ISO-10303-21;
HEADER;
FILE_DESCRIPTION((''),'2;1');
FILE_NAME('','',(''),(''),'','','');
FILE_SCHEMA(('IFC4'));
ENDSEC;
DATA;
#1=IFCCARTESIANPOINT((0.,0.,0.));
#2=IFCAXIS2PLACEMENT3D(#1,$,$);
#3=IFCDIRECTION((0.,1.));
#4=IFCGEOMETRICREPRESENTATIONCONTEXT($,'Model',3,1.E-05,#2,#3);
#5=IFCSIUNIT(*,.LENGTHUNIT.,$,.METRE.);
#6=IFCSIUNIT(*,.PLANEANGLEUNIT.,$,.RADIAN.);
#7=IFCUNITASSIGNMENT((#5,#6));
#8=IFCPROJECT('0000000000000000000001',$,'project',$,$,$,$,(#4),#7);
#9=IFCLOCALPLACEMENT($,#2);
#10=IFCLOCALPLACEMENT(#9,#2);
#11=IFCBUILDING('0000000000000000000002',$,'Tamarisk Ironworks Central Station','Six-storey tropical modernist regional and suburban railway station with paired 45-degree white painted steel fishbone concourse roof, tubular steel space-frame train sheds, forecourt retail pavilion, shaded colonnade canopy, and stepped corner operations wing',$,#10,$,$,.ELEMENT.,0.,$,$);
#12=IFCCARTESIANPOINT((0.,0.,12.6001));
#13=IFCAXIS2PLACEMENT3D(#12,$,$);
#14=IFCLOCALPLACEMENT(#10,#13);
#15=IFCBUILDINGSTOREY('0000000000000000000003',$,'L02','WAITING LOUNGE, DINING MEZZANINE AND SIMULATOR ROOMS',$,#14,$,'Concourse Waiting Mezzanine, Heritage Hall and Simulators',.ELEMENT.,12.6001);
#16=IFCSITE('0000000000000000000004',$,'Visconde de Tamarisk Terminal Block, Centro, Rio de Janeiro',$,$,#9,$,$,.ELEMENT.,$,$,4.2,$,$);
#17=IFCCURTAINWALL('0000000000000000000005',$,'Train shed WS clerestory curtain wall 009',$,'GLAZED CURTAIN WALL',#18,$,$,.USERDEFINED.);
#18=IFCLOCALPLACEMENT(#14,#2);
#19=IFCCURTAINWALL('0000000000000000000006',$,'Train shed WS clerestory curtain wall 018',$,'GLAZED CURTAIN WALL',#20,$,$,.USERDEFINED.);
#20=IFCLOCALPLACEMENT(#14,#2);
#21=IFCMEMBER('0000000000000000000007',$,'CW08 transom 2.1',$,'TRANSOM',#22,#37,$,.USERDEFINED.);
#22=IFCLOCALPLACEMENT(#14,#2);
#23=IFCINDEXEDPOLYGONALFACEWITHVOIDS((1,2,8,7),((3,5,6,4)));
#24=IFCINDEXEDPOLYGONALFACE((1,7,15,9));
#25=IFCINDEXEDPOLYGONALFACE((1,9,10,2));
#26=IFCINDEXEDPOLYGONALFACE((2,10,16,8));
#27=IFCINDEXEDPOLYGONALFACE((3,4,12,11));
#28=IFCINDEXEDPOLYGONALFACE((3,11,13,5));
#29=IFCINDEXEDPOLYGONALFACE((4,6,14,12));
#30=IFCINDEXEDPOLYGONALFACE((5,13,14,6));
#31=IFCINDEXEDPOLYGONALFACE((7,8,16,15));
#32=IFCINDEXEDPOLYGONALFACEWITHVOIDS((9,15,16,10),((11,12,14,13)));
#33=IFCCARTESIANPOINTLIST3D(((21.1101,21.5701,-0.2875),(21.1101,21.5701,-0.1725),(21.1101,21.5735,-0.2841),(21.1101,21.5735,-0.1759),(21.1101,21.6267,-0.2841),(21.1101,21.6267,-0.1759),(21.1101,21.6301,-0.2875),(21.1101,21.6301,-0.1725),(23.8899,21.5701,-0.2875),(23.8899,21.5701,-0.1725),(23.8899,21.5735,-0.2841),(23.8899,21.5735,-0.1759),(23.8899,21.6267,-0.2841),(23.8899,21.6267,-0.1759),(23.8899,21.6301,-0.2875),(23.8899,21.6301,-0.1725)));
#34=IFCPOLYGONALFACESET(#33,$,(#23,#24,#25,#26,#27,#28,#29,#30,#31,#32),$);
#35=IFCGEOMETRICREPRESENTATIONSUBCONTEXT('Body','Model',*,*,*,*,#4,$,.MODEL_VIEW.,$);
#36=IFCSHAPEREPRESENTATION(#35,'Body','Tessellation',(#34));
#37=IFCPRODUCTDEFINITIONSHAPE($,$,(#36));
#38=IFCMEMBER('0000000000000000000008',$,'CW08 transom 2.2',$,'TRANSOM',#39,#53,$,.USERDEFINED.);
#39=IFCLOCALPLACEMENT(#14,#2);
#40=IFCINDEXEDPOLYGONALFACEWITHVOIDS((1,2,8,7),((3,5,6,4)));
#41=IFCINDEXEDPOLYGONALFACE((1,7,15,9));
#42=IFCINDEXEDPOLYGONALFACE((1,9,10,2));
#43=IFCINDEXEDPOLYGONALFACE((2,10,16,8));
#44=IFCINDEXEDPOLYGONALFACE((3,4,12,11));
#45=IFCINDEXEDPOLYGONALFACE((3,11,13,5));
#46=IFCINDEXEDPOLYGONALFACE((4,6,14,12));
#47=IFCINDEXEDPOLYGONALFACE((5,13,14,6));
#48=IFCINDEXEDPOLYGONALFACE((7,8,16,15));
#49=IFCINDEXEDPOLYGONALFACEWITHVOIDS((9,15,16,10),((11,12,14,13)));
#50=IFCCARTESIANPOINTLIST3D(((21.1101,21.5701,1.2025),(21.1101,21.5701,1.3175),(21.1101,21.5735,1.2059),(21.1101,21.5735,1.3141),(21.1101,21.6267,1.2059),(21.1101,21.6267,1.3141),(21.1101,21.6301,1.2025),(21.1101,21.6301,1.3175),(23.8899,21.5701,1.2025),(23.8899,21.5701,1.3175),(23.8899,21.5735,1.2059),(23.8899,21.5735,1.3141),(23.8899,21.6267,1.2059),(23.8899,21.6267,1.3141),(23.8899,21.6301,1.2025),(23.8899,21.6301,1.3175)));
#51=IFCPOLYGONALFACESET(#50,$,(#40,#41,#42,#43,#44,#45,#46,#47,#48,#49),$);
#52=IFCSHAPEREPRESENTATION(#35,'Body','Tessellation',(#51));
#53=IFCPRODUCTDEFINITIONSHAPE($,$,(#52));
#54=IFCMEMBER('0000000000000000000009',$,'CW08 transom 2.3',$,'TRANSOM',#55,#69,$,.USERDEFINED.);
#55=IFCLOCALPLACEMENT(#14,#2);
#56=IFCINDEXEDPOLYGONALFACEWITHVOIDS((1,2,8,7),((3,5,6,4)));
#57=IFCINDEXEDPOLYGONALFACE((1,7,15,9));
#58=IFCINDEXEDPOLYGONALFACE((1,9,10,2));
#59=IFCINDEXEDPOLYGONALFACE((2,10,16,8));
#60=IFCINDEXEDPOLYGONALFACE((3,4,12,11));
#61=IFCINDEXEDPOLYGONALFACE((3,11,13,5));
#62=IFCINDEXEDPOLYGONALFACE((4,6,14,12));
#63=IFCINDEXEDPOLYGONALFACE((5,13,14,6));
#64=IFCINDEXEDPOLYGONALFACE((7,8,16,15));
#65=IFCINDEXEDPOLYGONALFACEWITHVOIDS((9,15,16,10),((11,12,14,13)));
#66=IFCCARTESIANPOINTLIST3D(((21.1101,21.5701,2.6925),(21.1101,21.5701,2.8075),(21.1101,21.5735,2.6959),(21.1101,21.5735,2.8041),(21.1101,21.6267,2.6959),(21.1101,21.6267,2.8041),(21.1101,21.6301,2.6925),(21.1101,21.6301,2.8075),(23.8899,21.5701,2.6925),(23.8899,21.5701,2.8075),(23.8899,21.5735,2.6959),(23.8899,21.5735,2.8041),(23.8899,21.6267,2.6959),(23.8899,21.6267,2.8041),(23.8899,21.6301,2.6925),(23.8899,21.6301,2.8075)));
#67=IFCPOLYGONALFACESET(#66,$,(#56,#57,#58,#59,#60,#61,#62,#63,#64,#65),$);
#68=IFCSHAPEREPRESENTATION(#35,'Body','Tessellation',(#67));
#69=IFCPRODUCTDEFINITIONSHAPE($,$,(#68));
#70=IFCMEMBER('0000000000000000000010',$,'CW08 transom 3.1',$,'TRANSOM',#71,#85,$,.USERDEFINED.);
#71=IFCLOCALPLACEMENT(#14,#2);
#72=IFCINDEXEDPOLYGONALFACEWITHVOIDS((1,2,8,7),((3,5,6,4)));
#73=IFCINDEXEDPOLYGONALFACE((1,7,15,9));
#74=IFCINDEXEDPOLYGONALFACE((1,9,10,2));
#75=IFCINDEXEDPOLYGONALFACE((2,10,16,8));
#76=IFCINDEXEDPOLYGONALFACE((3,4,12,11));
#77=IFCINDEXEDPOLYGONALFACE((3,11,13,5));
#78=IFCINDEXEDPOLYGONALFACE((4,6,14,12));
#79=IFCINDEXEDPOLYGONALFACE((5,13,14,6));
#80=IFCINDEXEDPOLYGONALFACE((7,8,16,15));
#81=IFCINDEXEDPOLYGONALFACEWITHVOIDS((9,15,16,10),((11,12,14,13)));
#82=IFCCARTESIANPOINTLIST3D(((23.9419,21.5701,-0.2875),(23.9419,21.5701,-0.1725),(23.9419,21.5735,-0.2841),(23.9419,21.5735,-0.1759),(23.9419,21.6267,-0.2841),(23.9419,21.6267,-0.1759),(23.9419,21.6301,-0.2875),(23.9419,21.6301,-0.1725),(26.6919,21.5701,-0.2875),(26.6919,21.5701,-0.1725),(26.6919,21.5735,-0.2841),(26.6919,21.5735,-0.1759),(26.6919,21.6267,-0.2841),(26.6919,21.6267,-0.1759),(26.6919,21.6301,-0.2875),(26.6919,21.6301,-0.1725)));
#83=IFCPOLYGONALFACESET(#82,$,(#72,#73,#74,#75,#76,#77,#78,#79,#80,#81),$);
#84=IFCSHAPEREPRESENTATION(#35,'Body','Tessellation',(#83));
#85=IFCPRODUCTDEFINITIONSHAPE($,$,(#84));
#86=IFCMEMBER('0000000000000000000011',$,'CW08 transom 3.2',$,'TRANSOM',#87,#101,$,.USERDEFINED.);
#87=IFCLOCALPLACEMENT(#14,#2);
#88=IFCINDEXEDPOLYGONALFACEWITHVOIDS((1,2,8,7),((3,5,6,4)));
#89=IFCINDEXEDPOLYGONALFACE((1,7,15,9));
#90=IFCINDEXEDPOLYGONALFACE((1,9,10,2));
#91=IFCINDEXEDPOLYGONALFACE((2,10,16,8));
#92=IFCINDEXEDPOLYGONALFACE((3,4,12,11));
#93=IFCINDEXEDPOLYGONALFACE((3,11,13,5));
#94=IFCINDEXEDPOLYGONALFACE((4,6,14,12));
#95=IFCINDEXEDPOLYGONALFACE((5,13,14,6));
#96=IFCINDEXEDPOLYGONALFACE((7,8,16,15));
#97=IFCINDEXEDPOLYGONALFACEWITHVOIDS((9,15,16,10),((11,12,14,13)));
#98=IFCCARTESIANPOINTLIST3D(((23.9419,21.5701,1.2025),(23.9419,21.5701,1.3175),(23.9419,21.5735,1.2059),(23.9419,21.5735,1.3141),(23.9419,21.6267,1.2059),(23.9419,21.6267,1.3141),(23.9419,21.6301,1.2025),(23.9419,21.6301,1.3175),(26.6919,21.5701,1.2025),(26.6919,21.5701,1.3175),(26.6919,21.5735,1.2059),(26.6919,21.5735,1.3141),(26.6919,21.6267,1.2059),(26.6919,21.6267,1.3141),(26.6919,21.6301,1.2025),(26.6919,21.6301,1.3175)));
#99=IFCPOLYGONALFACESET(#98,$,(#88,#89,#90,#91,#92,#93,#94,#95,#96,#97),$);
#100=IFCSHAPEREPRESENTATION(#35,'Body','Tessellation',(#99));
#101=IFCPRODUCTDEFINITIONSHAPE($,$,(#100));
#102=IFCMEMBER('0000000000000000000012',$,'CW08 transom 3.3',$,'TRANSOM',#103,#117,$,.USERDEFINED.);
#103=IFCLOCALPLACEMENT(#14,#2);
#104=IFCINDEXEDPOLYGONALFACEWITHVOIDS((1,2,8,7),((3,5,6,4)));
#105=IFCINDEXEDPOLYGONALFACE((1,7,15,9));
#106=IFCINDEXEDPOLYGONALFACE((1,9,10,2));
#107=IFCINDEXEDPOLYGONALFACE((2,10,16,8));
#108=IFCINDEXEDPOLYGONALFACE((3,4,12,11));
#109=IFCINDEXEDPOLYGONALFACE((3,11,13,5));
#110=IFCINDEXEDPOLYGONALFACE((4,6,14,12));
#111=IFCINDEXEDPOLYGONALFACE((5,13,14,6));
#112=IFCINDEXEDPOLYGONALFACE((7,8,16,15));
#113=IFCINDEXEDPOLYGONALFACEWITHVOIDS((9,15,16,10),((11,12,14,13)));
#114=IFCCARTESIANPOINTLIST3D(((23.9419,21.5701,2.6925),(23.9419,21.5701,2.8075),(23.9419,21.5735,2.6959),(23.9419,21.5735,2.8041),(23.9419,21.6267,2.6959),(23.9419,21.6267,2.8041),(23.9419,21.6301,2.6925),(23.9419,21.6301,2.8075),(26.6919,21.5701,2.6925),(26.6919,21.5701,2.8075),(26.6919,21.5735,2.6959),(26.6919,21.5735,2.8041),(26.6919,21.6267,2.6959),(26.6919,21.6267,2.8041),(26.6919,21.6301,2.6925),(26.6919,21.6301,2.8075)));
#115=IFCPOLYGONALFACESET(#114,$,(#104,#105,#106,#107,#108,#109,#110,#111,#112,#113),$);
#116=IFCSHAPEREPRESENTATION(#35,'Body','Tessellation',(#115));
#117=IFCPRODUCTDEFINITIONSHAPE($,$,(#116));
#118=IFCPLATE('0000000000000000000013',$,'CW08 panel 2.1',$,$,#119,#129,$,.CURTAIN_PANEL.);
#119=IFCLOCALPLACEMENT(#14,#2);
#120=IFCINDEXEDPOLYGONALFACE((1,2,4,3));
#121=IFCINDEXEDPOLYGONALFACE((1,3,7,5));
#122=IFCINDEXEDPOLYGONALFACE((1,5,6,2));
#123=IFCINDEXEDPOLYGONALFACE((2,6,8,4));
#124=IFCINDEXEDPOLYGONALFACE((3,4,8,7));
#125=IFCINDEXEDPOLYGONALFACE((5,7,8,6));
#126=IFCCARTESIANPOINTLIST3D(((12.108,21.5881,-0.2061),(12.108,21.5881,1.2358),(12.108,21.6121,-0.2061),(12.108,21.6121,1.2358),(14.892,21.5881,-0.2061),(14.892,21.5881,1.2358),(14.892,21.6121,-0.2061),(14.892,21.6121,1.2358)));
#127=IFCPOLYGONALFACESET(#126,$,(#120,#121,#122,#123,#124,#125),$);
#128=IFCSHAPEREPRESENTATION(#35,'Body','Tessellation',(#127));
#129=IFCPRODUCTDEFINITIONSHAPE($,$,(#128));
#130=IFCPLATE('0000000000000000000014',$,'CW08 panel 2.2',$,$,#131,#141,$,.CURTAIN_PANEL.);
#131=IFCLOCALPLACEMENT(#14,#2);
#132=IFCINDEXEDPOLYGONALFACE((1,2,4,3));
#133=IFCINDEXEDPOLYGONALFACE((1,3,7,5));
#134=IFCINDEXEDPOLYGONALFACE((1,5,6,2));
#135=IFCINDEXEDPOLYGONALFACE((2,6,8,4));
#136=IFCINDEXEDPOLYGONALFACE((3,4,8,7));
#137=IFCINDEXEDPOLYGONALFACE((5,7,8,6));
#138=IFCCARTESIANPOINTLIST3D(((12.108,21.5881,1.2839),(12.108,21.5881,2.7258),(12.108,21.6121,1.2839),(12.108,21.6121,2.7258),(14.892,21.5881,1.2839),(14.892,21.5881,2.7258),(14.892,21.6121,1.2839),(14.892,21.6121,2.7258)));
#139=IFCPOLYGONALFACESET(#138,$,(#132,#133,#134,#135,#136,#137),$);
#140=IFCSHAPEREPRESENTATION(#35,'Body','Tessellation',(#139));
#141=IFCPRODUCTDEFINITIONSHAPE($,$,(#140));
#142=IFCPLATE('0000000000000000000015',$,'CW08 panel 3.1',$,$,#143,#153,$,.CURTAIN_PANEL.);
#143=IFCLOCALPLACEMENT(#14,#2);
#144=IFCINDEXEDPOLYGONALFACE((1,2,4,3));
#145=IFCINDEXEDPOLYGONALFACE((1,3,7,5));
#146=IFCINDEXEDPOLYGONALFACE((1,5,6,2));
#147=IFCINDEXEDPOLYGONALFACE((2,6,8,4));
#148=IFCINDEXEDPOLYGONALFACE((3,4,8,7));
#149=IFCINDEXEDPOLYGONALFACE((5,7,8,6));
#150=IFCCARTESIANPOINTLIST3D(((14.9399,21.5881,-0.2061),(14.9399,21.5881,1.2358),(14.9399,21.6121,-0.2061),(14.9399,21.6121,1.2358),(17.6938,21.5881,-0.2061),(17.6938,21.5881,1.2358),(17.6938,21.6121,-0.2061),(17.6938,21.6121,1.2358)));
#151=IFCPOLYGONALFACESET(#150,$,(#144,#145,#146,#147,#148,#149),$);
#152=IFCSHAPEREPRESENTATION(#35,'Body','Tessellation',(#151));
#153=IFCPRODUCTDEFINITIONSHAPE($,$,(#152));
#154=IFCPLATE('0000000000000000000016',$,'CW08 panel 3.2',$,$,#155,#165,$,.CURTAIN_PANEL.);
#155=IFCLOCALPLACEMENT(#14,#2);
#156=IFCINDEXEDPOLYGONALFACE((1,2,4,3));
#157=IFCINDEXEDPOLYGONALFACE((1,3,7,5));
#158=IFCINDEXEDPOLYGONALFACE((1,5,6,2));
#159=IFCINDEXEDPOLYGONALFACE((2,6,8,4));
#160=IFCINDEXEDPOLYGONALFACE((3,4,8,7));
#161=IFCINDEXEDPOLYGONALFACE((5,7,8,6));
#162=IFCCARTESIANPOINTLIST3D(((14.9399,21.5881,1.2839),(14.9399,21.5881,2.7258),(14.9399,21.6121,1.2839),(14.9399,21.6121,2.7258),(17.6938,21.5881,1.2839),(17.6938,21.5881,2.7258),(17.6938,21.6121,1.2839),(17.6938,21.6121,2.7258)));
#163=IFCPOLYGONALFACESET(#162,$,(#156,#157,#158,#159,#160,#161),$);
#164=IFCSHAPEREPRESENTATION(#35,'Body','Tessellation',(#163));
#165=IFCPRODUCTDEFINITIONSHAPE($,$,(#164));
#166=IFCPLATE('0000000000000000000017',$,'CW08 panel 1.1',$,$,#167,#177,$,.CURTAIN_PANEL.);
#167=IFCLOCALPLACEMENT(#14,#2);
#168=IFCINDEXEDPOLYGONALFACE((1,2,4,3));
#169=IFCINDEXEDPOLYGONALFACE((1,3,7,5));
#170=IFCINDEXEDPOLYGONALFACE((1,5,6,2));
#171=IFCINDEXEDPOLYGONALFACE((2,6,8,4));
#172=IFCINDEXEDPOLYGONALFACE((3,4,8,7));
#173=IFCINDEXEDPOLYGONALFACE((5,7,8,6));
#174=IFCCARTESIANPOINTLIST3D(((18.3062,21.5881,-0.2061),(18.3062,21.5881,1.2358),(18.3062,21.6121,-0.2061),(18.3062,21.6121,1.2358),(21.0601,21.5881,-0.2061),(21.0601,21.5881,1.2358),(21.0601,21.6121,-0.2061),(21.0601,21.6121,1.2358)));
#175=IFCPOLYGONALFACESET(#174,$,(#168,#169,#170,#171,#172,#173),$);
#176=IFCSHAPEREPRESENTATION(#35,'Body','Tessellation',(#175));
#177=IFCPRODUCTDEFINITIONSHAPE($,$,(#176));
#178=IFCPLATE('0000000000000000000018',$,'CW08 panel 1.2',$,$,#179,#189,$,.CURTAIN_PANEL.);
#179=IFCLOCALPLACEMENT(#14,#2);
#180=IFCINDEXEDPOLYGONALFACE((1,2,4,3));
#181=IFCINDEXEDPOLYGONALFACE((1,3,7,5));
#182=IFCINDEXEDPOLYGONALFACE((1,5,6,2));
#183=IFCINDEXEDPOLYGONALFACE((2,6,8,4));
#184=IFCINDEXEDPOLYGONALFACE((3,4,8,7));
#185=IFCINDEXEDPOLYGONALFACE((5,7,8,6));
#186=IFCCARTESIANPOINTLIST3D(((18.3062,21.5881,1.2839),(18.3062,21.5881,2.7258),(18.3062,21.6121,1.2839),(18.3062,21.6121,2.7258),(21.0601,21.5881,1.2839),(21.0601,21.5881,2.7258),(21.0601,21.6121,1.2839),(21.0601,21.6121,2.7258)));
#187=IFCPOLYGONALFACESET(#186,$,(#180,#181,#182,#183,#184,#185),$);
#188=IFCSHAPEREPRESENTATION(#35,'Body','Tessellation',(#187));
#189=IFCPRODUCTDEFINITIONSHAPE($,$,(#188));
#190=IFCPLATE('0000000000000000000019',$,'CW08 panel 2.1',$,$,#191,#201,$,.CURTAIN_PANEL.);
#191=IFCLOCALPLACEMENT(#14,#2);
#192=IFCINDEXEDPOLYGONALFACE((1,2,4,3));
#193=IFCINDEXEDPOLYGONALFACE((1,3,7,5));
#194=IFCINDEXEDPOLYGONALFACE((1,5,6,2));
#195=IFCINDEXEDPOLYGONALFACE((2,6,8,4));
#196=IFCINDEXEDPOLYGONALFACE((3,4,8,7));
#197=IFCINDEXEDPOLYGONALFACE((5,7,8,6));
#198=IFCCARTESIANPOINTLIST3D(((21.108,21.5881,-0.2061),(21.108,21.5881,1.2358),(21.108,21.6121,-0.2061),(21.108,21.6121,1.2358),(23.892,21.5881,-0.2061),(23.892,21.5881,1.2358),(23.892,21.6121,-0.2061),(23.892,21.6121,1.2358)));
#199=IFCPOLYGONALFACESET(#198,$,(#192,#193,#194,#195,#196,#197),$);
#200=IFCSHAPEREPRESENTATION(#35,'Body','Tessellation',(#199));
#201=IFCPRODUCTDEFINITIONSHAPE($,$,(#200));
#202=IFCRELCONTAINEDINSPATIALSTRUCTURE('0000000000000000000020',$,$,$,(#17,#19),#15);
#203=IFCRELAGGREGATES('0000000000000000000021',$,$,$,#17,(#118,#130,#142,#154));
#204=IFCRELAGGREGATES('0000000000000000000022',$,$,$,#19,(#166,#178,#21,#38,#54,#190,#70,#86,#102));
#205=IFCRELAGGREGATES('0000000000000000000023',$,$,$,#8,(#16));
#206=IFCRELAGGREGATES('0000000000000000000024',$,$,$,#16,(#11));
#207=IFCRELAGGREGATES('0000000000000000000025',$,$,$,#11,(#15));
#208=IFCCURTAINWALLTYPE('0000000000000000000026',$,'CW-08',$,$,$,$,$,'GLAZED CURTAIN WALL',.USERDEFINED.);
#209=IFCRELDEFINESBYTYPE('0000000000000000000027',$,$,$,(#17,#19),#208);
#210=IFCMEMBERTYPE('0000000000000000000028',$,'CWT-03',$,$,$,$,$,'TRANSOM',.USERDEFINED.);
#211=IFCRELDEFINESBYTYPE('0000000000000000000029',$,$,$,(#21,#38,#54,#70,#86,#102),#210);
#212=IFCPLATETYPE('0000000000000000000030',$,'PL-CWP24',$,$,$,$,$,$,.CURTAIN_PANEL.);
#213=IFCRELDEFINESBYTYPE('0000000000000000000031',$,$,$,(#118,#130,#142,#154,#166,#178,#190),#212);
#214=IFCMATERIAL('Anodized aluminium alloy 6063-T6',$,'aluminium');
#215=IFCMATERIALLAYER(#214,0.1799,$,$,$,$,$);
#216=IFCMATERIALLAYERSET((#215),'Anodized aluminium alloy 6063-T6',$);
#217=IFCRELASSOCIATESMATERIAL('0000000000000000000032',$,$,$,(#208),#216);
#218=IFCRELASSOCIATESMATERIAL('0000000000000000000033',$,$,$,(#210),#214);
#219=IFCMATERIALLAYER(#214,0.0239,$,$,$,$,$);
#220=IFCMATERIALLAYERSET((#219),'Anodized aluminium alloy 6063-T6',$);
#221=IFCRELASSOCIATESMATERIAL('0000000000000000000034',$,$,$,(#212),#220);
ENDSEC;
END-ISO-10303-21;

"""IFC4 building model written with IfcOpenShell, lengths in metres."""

from ifc_helpers import new_model, si_unit, direction, frame, origin, origin_2d, place, context, subcontext, project, spatial, rectangle, hollow_rectangle, extrude, material, layer, layer_set, material_profile, profile_set, type_object, element, aggregate, save


model = new_model("IFC4")

# Units and contexts
model_context = context("Model", 3, precision=1e-05, world=origin(), true_north=direction((0.0, 1.0)))
body_context = subcontext(model_context, "Body", "Model", "MODEL_VIEW")
ifc_project = project(units=[si_unit("LENGTHUNIT", "METRE"), si_unit("PLANEANGLEUNIT", "RADIAN")], contexts=[model_context])

# Site, building, storey
site_placement = place(None, origin())
site = spatial("IfcSite", under=ifc_project, at=site_placement, Name="Visconde de Tamarisk Terminal Block, Centro, Rio de Janeiro", CompositionType="ELEMENT", RefElevation=4.2)
building_placement = place(site_placement, origin())
building = spatial("IfcBuilding", under=site, at=building_placement, Name="Tamarisk Ironworks Central Station", Description="Six-storey tropical modernist regional and suburban railway station with paired 45-degree white painted steel fishbone concourse roof, tubular steel space-frame train sheds, forecourt retail pavilion, shaded colonnade canopy, and stepped corner operations wing", CompositionType="ELEMENT", ElevationOfRefHeight=0.0)
storey_placement = place(building_placement, frame((0.0, 0.0, 12.6001)))
storey = spatial("IfcBuildingStorey", under=building, at=storey_placement, Name="L02", Description="WAITING LOUNGE, DINING MEZZANINE AND SIMULATOR ROOMS", LongName="Concourse Waiting Mezzanine, Heritage Hall and Simulators", CompositionType="ELEMENT", Elevation=12.6001)

# Curtain walls
ifc_material_1 = material(Name="Anodized aluminium alloy 6063-T6", Category="aluminium")
ifc_layer_1 = layer(ifc_material_1, 0.1799)
ifc_layer_set_1 = layer_set([ifc_layer_1], Name="Anodized aluminium alloy 6063-T6")
curtain_wall_type = type_object("IfcCurtainWallType", Name="CW-08", ElementType="GLAZED CURTAIN WALL", PredefinedType="USERDEFINED", material=ifc_layer_set_1)
curtain_wall_1_placement = place(storey_placement, origin())
curtain_wall_1 = element("IfcCurtainWall", 1, at=curtain_wall_1_placement, inside=storey, type_object=curtain_wall_type, Name="Train shed WS clerestory curtain wall 009", ObjectType="GLAZED CURTAIN WALL", PredefinedType="USERDEFINED")
curtain_wall_2_placement = place(storey_placement, origin())
curtain_wall_2 = element("IfcCurtainWall", 2, at=curtain_wall_2_placement, inside=storey, type_object=curtain_wall_type, Name="Train shed WS clerestory curtain wall 018", ObjectType="GLAZED CURTAIN WALL", PredefinedType="USERDEFINED")

# Members
ifc_material_profile_1 = material_profile(ifc_material_1, hollow_rectangle(XDim=0.0601, YDim=0.115, WallThickness=0.0034, at=origin_2d()), Name="ALUM 115x60")
ifc_profile_set_1 = profile_set([ifc_material_profile_1], Name="Anodized aluminium alloy 6063-T6")
member_type_1 = type_object("IfcMemberType", Name="CWT-03", ElementType="TRANSOM", PredefinedType="USERDEFINED", material=ifc_profile_set_1)
member_1_placement = place(storey_placement, frame((21.1101, 21.6001, -0.23), z_axis=(1.0, 0.0, 0.0), x_axis=(0.0, 1.0, 0.0)))
member_1 = element("IfcMember", 3, at=member_1_placement, type_object=member_type_1, Name="CW08 transom 2.1", ObjectType="TRANSOM", PredefinedType="USERDEFINED", context=body_context, shape_type="SweptSolid", body=[
    extrude(hollow_rectangle(XDim=0.0601, YDim=0.115, WallThickness=0.0034, at=origin_2d()), origin(), (0.0, 0.0, 1.0), 2.7798),
])
member_2_placement = place(storey_placement, frame((21.1101, 21.6001, 1.26), z_axis=(1.0, 0.0, 0.0), x_axis=(0.0, 1.0, 0.0)))
member_2 = element("IfcMember", 4, at=member_2_placement, type_object=member_type_1, Name="CW08 transom 2.2", ObjectType="TRANSOM", PredefinedType="USERDEFINED", context=body_context, shape_type="SweptSolid", body=[
    extrude(hollow_rectangle(XDim=0.0601, YDim=0.115, WallThickness=0.0034, at=origin_2d()), origin(), (0.0, 0.0, 1.0), 2.7798),
])
member_3_placement = place(storey_placement, frame((21.1101, 21.6001, 2.75), z_axis=(1.0, 0.0, 0.0), x_axis=(0.0, 1.0, 0.0)))
member_3 = element("IfcMember", 5, at=member_3_placement, type_object=member_type_1, Name="CW08 transom 2.3", ObjectType="TRANSOM", PredefinedType="USERDEFINED", context=body_context, shape_type="SweptSolid", body=[
    extrude(hollow_rectangle(XDim=0.0601, YDim=0.115, WallThickness=0.0034, at=origin_2d()), origin(), (0.0, 0.0, 1.0), 2.7798),
])
member_4_placement = place(storey_placement, frame((23.9419, 21.6001, -0.23), z_axis=(1.0, 0.0, 0.0), x_axis=(0.0, 1.0, 0.0)))
member_4 = element("IfcMember", 6, at=member_4_placement, type_object=member_type_1, Name="CW08 transom 3.1", ObjectType="TRANSOM", PredefinedType="USERDEFINED", context=body_context, shape_type="SweptSolid", body=[
    extrude(hollow_rectangle(XDim=0.0601, YDim=0.115, WallThickness=0.0034, at=origin_2d()), origin(), (0.0, 0.0, 1.0), 2.75),
])
member_5_placement = place(storey_placement, frame((23.9419, 21.6001, 1.26), z_axis=(1.0, 0.0, 0.0), x_axis=(0.0, 1.0, 0.0)))
member_5 = element("IfcMember", 7, at=member_5_placement, type_object=member_type_1, Name="CW08 transom 3.2", ObjectType="TRANSOM", PredefinedType="USERDEFINED", context=body_context, shape_type="SweptSolid", body=[
    extrude(hollow_rectangle(XDim=0.0601, YDim=0.115, WallThickness=0.0034, at=origin_2d()), origin(), (0.0, 0.0, 1.0), 2.75),
])
member_6_placement = place(storey_placement, frame((23.9419, 21.6001, 2.75), z_axis=(1.0, 0.0, 0.0), x_axis=(0.0, 1.0, 0.0)))
member_6 = element("IfcMember", 8, at=member_6_placement, type_object=member_type_1, Name="CW08 transom 3.3", ObjectType="TRANSOM", PredefinedType="USERDEFINED", context=body_context, shape_type="SweptSolid", body=[
    extrude(hollow_rectangle(XDim=0.0601, YDim=0.115, WallThickness=0.0034, at=origin_2d()), origin(), (0.0, 0.0, 1.0), 2.75),
])

# Plates
ifc_layer_2 = layer(ifc_material_1, 0.0239)
ifc_layer_set_2 = layer_set([ifc_layer_2], Name="Anodized aluminium alloy 6063-T6")
plate_type = type_object("IfcPlateType", Name="PL-CWP24", PredefinedType="CURTAIN_PANEL", material=ifc_layer_set_2)
plate_1_placement = place(storey_placement, frame((13.5, 21.6001, -0.2061), z_axis=(0.0, 0.0, 1.0), x_axis=(1.0, 0.0, 0.0)))
plate_1 = element("IfcPlate", 9, at=plate_1_placement, type_object=plate_type, Name="CW08 panel 2.1", PredefinedType="CURTAIN_PANEL", context=body_context, shape_type="SweptSolid", body=[
    extrude(rectangle(XDim=2.7839, YDim=0.0239, at=origin_2d()), origin(), (0.0, 0.0, 1.0), 1.4419),
])
plate_2_placement = place(storey_placement, frame((13.5, 21.6001, 1.2839), z_axis=(0.0, 0.0, 1.0), x_axis=(1.0, 0.0, 0.0)))
plate_2 = element("IfcPlate", 10, at=plate_2_placement, type_object=plate_type, Name="CW08 panel 2.2", PredefinedType="CURTAIN_PANEL", context=body_context, shape_type="SweptSolid", body=[
    extrude(rectangle(XDim=2.7839, YDim=0.0239, at=origin_2d()), origin(), (0.0, 0.0, 1.0), 1.4419),
])
plate_3_placement = place(storey_placement, frame((16.3169, 21.6001, -0.2061), z_axis=(0.0, 0.0, 1.0), x_axis=(1.0, 0.0, 0.0)))
plate_3 = element("IfcPlate", 11, at=plate_3_placement, type_object=plate_type, Name="CW08 panel 3.1", PredefinedType="CURTAIN_PANEL", context=body_context, shape_type="SweptSolid", body=[
    extrude(rectangle(XDim=2.7539, YDim=0.0239, at=origin_2d()), origin(), (0.0, 0.0, 1.0), 1.4419),
])
plate_4_placement = place(storey_placement, frame((16.3169, 21.6001, 1.2839), z_axis=(0.0, 0.0, 1.0), x_axis=(1.0, 0.0, 0.0)))
plate_4 = element("IfcPlate", 12, at=plate_4_placement, type_object=plate_type, Name="CW08 panel 3.2", PredefinedType="CURTAIN_PANEL", context=body_context, shape_type="SweptSolid", body=[
    extrude(rectangle(XDim=2.7539, YDim=0.0239, at=origin_2d()), origin(), (0.0, 0.0, 1.0), 1.4419),
])
aggregate(curtain_wall_1, [plate_1, plate_2, plate_3, plate_4])
plate_5_placement = place(storey_placement, frame((19.6831, 21.6001, -0.2061), z_axis=(0.0, 0.0, 1.0), x_axis=(1.0, 0.0, 0.0)))
plate_5 = element("IfcPlate", 13, at=plate_5_placement, type_object=plate_type, Name="CW08 panel 1.1", PredefinedType="CURTAIN_PANEL", context=body_context, shape_type="SweptSolid", body=[
    extrude(rectangle(XDim=2.7539, YDim=0.0239, at=origin_2d()), origin(), (0.0, 0.0, 1.0), 1.4419),
])
plate_6_placement = place(storey_placement, frame((19.6831, 21.6001, 1.2839), z_axis=(0.0, 0.0, 1.0), x_axis=(1.0, 0.0, 0.0)))
plate_6 = element("IfcPlate", 14, at=plate_6_placement, type_object=plate_type, Name="CW08 panel 1.2", PredefinedType="CURTAIN_PANEL", context=body_context, shape_type="SweptSolid", body=[
    extrude(rectangle(XDim=2.7539, YDim=0.0239, at=origin_2d()), origin(), (0.0, 0.0, 1.0), 1.4419),
])
plate_7_placement = place(storey_placement, frame((22.5, 21.6001, -0.2061), z_axis=(0.0, 0.0, 1.0), x_axis=(1.0, 0.0, 0.0)))
plate_7 = element("IfcPlate", 15, at=plate_7_placement, type_object=plate_type, Name="CW08 panel 2.1", PredefinedType="CURTAIN_PANEL", context=body_context, shape_type="SweptSolid", body=[
    extrude(rectangle(XDim=2.7839, YDim=0.0239, at=origin_2d()), origin(), (0.0, 0.0, 1.0), 1.4419),
])
aggregate(curtain_wall_2, [plate_5, plate_6, member_1, member_2, member_3, plate_7, member_4, member_5, member_6])

save(model, "model.ifc")
